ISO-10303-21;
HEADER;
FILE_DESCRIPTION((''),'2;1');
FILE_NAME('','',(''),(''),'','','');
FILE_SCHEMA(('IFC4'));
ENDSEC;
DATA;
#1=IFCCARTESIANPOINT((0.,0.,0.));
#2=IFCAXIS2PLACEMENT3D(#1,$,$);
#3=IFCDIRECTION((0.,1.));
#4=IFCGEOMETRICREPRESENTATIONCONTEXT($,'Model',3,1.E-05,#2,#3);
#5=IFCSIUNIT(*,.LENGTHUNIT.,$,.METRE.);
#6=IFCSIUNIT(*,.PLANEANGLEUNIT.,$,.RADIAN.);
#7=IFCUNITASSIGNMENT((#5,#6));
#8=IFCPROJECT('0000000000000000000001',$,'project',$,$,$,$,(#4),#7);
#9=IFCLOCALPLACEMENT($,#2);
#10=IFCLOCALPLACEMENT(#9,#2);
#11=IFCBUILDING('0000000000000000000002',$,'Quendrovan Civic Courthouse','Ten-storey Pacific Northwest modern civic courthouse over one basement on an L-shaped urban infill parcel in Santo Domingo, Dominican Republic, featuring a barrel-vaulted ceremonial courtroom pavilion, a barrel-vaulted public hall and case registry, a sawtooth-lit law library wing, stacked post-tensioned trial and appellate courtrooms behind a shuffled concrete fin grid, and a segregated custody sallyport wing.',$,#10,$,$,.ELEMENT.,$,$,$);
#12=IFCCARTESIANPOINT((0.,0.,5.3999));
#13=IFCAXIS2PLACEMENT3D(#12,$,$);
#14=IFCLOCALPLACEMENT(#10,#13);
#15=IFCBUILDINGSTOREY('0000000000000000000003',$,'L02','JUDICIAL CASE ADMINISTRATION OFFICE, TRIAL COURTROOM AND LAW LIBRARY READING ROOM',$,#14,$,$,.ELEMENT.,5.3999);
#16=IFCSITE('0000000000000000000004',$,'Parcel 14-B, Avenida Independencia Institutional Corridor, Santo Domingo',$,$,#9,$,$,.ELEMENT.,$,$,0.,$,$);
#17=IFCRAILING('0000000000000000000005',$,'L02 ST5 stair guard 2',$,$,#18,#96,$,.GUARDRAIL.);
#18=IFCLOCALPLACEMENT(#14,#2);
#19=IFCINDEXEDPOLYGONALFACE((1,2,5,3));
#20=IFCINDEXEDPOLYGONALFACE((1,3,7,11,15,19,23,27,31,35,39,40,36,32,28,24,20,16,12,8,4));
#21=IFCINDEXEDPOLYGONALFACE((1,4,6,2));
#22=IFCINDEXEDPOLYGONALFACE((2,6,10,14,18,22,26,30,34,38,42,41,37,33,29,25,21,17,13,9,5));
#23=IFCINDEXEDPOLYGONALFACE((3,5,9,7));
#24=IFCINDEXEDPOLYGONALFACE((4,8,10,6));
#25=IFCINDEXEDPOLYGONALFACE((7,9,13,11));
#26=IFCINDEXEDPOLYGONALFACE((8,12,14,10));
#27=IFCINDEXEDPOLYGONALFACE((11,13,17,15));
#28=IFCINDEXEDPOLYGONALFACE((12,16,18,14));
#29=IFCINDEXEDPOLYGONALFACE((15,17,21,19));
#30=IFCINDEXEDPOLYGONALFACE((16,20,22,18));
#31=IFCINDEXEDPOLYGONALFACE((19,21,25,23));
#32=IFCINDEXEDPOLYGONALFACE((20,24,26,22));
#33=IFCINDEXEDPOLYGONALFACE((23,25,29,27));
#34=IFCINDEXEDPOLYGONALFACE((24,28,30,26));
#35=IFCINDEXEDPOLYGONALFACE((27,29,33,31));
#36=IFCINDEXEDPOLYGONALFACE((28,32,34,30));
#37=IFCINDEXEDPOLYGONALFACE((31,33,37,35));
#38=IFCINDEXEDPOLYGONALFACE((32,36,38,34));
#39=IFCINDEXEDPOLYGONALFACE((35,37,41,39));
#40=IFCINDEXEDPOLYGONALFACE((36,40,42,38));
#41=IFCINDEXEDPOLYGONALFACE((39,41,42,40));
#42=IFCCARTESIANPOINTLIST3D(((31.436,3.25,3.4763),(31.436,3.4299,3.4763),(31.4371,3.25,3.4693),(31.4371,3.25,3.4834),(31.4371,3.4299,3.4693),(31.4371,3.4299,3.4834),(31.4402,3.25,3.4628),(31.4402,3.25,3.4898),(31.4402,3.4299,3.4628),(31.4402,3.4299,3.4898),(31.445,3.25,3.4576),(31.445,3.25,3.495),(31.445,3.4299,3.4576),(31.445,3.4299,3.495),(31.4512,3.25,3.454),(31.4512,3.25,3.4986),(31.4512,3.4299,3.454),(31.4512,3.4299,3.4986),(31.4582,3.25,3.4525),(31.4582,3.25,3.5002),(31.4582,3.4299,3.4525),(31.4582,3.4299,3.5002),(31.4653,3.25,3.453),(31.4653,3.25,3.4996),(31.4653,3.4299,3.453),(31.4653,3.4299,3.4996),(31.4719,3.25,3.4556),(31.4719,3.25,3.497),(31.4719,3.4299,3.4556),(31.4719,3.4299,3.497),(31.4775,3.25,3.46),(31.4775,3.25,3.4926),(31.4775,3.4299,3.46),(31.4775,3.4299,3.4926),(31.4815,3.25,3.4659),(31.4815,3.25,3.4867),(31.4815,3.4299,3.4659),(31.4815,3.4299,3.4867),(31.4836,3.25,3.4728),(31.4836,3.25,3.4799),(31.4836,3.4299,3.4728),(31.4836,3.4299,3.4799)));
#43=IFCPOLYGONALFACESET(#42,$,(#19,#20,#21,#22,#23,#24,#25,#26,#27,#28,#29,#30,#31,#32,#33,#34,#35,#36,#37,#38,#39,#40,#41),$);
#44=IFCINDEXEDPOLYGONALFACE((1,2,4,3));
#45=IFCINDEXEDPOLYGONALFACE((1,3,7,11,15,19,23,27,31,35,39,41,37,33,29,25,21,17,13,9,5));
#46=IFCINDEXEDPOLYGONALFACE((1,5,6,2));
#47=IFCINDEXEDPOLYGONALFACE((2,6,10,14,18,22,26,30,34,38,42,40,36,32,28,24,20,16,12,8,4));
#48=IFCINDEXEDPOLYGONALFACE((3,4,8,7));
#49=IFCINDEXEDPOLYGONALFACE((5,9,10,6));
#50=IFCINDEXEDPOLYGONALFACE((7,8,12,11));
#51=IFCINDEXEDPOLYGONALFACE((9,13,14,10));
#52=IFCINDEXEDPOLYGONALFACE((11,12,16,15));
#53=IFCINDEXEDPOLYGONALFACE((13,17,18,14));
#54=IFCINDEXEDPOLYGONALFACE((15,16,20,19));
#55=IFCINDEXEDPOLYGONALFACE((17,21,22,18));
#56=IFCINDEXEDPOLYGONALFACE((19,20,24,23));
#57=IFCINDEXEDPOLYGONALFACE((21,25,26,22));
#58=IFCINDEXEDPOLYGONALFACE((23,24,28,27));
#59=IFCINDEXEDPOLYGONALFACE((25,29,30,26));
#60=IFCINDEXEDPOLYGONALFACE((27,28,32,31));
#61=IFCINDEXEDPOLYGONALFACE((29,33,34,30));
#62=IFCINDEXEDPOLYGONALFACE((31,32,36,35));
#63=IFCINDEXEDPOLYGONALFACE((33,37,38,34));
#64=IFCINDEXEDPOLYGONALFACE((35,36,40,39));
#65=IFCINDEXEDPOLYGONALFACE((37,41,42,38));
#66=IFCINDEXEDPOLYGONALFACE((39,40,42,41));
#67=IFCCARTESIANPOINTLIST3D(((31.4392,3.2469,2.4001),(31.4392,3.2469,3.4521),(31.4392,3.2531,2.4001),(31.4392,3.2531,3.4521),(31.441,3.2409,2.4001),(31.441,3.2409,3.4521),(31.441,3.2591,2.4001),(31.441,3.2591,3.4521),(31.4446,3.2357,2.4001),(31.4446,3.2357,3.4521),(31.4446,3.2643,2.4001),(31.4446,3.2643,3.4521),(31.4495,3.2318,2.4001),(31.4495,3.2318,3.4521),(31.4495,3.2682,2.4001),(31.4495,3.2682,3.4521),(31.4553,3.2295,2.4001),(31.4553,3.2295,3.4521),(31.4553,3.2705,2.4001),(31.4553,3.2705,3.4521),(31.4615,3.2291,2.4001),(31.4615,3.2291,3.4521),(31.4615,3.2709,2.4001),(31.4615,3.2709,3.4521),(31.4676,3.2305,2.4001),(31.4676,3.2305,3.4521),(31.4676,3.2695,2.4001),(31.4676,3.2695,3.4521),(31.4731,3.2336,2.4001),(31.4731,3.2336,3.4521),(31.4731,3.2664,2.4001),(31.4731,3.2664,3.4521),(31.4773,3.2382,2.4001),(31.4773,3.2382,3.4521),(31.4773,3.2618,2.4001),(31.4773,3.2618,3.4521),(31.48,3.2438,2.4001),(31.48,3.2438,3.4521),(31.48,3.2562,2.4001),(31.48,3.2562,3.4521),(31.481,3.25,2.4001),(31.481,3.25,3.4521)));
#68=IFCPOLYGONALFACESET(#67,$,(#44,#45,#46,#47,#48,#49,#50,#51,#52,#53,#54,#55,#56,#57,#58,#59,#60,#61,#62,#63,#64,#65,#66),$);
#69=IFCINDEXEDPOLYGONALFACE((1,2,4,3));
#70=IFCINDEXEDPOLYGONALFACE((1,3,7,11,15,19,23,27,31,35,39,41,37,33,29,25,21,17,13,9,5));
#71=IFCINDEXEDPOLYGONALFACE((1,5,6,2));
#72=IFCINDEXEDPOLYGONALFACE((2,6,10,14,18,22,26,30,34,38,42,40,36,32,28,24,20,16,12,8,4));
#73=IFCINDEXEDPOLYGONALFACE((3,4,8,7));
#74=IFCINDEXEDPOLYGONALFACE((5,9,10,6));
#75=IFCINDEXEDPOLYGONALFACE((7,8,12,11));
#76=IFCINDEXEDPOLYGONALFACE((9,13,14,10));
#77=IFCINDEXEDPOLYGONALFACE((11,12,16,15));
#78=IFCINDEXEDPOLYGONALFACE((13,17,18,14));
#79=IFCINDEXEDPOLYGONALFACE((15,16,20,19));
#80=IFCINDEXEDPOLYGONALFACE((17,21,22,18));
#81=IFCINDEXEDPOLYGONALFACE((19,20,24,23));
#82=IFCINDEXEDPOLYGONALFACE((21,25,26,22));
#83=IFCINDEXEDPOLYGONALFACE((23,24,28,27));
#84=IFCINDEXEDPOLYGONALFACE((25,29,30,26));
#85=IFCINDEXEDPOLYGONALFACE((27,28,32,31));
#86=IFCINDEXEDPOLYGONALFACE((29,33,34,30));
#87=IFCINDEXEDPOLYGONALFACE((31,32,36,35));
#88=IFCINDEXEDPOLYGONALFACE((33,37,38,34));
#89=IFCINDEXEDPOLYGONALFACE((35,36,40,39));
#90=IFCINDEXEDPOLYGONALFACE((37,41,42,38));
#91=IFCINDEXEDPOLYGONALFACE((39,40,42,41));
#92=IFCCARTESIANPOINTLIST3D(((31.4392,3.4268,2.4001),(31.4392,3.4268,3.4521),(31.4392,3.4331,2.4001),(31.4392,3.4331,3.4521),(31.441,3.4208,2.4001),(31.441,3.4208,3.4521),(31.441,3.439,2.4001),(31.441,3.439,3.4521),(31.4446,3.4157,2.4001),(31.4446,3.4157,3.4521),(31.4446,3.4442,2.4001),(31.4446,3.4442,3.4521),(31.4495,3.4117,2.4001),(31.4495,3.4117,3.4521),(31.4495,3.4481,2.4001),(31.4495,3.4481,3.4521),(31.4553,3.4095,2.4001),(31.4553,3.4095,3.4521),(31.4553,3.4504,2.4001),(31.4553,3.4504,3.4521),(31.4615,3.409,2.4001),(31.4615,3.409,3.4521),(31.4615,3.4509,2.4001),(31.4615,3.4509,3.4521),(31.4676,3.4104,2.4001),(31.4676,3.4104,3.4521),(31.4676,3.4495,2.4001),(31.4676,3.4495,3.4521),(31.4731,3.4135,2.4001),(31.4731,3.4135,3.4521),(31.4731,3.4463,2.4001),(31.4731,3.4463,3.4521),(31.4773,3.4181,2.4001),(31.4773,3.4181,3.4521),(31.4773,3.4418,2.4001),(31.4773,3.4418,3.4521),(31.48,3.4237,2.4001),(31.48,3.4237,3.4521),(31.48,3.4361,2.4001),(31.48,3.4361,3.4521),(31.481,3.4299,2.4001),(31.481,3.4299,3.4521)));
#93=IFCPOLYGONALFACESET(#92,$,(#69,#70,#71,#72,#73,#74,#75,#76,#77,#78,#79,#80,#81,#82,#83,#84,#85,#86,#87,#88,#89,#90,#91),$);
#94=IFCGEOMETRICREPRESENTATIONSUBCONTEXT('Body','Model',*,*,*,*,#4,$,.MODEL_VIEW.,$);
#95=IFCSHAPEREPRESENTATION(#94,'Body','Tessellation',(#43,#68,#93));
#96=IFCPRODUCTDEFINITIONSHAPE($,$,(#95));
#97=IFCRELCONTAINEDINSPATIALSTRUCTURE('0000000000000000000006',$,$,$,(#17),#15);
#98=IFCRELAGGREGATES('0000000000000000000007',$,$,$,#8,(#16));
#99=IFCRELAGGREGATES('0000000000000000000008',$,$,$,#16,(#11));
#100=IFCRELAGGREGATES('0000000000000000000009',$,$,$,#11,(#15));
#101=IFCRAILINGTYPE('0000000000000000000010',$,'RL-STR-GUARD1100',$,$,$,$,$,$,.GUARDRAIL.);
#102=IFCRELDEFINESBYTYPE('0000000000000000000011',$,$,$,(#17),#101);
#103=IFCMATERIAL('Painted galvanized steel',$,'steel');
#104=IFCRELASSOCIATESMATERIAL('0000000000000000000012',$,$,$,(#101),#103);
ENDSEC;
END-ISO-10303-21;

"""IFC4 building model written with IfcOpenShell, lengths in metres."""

from ifc_helpers import new_model, si_unit, direction, frame, origin, origin_2d, place, context, subcontext, project, spatial, circle, extrude, material, type_object, element, save


model = new_model("IFC4")

# Units and contexts
model_context = context("Model", 3, precision=1e-05, world=origin(), true_north=direction((0.0, 1.0)))
body_context = subcontext(model_context, "Body", "Model", "MODEL_VIEW")
ifc_project = project(units=[si_unit("LENGTHUNIT", "METRE"), si_unit("PLANEANGLEUNIT", "RADIAN")], contexts=[model_context])

# Site, building, storey
site_placement = place(None, origin())
site = spatial("IfcSite", under=ifc_project, at=site_placement, Name="Parcel 14-B, Avenida Independencia Institutional Corridor, Santo Domingo", CompositionType="ELEMENT", RefElevation=0.0)
building_placement = place(site_placement, origin())
building = spatial("IfcBuilding", under=site, at=building_placement, Name="Quendrovan Civic Courthouse", Description="Ten-storey Pacific Northwest modern civic courthouse over one basement on an L-shaped urban infill parcel in Santo Domingo, Dominican Republic, featuring a barrel-vaulted ceremonial courtroom pavilion, a barrel-vaulted public hall and case registry, a sawtooth-lit law library wing, stacked post-tensioned trial and appellate courtrooms behind a shuffled concrete fin grid, and a segregated custody sallyport wing.", CompositionType="ELEMENT")
storey_placement = place(building_placement, frame((0.0, 0.0, 5.3999)))
storey = spatial("IfcBuildingStorey", under=building, at=storey_placement, Name="L02", Description="JUDICIAL CASE ADMINISTRATION OFFICE, TRIAL COURTROOM AND LAW LIBRARY READING ROOM", CompositionType="ELEMENT", Elevation=5.3999)

# Railing
ifc_material_1 = material(Name="Painted galvanized steel", Category="steel")
railing_type_1 = type_object("IfcRailingType", Name="RL-STR-GUARD1100", PredefinedType="GUARDRAIL", material=ifc_material_1)
railing_1_placement = place(storey_placement, frame((31.46, 3.25, 2.4001)))
element("IfcRailing", 1, at=railing_1_placement, inside=storey, type_object=railing_type_1, Name="L02 ST5 stair guard 2", PredefinedType="GUARDRAIL", context=body_context, shape_type="SweptSolid", body=[
    extrude(circle(Radius=0.0239, at=origin_2d()), frame((0.0, 0.0, 1.0762), z_axis=(0.0, 1.0, 0.0), x_axis=(-1.0, 0.0, 0.0)), (0.0, 0.0, 1.0), 0.1799),
    extrude(circle(Radius=0.021, at=origin_2d()), origin(), (0.0, 0.0, 1.0), 1.052),
    extrude(circle(Radius=0.021, at=origin_2d()), frame((0.0, 0.1799, 0.0)), (0.0, 0.0, 1.0), 1.052),
])

save(model, "model.ifc")
